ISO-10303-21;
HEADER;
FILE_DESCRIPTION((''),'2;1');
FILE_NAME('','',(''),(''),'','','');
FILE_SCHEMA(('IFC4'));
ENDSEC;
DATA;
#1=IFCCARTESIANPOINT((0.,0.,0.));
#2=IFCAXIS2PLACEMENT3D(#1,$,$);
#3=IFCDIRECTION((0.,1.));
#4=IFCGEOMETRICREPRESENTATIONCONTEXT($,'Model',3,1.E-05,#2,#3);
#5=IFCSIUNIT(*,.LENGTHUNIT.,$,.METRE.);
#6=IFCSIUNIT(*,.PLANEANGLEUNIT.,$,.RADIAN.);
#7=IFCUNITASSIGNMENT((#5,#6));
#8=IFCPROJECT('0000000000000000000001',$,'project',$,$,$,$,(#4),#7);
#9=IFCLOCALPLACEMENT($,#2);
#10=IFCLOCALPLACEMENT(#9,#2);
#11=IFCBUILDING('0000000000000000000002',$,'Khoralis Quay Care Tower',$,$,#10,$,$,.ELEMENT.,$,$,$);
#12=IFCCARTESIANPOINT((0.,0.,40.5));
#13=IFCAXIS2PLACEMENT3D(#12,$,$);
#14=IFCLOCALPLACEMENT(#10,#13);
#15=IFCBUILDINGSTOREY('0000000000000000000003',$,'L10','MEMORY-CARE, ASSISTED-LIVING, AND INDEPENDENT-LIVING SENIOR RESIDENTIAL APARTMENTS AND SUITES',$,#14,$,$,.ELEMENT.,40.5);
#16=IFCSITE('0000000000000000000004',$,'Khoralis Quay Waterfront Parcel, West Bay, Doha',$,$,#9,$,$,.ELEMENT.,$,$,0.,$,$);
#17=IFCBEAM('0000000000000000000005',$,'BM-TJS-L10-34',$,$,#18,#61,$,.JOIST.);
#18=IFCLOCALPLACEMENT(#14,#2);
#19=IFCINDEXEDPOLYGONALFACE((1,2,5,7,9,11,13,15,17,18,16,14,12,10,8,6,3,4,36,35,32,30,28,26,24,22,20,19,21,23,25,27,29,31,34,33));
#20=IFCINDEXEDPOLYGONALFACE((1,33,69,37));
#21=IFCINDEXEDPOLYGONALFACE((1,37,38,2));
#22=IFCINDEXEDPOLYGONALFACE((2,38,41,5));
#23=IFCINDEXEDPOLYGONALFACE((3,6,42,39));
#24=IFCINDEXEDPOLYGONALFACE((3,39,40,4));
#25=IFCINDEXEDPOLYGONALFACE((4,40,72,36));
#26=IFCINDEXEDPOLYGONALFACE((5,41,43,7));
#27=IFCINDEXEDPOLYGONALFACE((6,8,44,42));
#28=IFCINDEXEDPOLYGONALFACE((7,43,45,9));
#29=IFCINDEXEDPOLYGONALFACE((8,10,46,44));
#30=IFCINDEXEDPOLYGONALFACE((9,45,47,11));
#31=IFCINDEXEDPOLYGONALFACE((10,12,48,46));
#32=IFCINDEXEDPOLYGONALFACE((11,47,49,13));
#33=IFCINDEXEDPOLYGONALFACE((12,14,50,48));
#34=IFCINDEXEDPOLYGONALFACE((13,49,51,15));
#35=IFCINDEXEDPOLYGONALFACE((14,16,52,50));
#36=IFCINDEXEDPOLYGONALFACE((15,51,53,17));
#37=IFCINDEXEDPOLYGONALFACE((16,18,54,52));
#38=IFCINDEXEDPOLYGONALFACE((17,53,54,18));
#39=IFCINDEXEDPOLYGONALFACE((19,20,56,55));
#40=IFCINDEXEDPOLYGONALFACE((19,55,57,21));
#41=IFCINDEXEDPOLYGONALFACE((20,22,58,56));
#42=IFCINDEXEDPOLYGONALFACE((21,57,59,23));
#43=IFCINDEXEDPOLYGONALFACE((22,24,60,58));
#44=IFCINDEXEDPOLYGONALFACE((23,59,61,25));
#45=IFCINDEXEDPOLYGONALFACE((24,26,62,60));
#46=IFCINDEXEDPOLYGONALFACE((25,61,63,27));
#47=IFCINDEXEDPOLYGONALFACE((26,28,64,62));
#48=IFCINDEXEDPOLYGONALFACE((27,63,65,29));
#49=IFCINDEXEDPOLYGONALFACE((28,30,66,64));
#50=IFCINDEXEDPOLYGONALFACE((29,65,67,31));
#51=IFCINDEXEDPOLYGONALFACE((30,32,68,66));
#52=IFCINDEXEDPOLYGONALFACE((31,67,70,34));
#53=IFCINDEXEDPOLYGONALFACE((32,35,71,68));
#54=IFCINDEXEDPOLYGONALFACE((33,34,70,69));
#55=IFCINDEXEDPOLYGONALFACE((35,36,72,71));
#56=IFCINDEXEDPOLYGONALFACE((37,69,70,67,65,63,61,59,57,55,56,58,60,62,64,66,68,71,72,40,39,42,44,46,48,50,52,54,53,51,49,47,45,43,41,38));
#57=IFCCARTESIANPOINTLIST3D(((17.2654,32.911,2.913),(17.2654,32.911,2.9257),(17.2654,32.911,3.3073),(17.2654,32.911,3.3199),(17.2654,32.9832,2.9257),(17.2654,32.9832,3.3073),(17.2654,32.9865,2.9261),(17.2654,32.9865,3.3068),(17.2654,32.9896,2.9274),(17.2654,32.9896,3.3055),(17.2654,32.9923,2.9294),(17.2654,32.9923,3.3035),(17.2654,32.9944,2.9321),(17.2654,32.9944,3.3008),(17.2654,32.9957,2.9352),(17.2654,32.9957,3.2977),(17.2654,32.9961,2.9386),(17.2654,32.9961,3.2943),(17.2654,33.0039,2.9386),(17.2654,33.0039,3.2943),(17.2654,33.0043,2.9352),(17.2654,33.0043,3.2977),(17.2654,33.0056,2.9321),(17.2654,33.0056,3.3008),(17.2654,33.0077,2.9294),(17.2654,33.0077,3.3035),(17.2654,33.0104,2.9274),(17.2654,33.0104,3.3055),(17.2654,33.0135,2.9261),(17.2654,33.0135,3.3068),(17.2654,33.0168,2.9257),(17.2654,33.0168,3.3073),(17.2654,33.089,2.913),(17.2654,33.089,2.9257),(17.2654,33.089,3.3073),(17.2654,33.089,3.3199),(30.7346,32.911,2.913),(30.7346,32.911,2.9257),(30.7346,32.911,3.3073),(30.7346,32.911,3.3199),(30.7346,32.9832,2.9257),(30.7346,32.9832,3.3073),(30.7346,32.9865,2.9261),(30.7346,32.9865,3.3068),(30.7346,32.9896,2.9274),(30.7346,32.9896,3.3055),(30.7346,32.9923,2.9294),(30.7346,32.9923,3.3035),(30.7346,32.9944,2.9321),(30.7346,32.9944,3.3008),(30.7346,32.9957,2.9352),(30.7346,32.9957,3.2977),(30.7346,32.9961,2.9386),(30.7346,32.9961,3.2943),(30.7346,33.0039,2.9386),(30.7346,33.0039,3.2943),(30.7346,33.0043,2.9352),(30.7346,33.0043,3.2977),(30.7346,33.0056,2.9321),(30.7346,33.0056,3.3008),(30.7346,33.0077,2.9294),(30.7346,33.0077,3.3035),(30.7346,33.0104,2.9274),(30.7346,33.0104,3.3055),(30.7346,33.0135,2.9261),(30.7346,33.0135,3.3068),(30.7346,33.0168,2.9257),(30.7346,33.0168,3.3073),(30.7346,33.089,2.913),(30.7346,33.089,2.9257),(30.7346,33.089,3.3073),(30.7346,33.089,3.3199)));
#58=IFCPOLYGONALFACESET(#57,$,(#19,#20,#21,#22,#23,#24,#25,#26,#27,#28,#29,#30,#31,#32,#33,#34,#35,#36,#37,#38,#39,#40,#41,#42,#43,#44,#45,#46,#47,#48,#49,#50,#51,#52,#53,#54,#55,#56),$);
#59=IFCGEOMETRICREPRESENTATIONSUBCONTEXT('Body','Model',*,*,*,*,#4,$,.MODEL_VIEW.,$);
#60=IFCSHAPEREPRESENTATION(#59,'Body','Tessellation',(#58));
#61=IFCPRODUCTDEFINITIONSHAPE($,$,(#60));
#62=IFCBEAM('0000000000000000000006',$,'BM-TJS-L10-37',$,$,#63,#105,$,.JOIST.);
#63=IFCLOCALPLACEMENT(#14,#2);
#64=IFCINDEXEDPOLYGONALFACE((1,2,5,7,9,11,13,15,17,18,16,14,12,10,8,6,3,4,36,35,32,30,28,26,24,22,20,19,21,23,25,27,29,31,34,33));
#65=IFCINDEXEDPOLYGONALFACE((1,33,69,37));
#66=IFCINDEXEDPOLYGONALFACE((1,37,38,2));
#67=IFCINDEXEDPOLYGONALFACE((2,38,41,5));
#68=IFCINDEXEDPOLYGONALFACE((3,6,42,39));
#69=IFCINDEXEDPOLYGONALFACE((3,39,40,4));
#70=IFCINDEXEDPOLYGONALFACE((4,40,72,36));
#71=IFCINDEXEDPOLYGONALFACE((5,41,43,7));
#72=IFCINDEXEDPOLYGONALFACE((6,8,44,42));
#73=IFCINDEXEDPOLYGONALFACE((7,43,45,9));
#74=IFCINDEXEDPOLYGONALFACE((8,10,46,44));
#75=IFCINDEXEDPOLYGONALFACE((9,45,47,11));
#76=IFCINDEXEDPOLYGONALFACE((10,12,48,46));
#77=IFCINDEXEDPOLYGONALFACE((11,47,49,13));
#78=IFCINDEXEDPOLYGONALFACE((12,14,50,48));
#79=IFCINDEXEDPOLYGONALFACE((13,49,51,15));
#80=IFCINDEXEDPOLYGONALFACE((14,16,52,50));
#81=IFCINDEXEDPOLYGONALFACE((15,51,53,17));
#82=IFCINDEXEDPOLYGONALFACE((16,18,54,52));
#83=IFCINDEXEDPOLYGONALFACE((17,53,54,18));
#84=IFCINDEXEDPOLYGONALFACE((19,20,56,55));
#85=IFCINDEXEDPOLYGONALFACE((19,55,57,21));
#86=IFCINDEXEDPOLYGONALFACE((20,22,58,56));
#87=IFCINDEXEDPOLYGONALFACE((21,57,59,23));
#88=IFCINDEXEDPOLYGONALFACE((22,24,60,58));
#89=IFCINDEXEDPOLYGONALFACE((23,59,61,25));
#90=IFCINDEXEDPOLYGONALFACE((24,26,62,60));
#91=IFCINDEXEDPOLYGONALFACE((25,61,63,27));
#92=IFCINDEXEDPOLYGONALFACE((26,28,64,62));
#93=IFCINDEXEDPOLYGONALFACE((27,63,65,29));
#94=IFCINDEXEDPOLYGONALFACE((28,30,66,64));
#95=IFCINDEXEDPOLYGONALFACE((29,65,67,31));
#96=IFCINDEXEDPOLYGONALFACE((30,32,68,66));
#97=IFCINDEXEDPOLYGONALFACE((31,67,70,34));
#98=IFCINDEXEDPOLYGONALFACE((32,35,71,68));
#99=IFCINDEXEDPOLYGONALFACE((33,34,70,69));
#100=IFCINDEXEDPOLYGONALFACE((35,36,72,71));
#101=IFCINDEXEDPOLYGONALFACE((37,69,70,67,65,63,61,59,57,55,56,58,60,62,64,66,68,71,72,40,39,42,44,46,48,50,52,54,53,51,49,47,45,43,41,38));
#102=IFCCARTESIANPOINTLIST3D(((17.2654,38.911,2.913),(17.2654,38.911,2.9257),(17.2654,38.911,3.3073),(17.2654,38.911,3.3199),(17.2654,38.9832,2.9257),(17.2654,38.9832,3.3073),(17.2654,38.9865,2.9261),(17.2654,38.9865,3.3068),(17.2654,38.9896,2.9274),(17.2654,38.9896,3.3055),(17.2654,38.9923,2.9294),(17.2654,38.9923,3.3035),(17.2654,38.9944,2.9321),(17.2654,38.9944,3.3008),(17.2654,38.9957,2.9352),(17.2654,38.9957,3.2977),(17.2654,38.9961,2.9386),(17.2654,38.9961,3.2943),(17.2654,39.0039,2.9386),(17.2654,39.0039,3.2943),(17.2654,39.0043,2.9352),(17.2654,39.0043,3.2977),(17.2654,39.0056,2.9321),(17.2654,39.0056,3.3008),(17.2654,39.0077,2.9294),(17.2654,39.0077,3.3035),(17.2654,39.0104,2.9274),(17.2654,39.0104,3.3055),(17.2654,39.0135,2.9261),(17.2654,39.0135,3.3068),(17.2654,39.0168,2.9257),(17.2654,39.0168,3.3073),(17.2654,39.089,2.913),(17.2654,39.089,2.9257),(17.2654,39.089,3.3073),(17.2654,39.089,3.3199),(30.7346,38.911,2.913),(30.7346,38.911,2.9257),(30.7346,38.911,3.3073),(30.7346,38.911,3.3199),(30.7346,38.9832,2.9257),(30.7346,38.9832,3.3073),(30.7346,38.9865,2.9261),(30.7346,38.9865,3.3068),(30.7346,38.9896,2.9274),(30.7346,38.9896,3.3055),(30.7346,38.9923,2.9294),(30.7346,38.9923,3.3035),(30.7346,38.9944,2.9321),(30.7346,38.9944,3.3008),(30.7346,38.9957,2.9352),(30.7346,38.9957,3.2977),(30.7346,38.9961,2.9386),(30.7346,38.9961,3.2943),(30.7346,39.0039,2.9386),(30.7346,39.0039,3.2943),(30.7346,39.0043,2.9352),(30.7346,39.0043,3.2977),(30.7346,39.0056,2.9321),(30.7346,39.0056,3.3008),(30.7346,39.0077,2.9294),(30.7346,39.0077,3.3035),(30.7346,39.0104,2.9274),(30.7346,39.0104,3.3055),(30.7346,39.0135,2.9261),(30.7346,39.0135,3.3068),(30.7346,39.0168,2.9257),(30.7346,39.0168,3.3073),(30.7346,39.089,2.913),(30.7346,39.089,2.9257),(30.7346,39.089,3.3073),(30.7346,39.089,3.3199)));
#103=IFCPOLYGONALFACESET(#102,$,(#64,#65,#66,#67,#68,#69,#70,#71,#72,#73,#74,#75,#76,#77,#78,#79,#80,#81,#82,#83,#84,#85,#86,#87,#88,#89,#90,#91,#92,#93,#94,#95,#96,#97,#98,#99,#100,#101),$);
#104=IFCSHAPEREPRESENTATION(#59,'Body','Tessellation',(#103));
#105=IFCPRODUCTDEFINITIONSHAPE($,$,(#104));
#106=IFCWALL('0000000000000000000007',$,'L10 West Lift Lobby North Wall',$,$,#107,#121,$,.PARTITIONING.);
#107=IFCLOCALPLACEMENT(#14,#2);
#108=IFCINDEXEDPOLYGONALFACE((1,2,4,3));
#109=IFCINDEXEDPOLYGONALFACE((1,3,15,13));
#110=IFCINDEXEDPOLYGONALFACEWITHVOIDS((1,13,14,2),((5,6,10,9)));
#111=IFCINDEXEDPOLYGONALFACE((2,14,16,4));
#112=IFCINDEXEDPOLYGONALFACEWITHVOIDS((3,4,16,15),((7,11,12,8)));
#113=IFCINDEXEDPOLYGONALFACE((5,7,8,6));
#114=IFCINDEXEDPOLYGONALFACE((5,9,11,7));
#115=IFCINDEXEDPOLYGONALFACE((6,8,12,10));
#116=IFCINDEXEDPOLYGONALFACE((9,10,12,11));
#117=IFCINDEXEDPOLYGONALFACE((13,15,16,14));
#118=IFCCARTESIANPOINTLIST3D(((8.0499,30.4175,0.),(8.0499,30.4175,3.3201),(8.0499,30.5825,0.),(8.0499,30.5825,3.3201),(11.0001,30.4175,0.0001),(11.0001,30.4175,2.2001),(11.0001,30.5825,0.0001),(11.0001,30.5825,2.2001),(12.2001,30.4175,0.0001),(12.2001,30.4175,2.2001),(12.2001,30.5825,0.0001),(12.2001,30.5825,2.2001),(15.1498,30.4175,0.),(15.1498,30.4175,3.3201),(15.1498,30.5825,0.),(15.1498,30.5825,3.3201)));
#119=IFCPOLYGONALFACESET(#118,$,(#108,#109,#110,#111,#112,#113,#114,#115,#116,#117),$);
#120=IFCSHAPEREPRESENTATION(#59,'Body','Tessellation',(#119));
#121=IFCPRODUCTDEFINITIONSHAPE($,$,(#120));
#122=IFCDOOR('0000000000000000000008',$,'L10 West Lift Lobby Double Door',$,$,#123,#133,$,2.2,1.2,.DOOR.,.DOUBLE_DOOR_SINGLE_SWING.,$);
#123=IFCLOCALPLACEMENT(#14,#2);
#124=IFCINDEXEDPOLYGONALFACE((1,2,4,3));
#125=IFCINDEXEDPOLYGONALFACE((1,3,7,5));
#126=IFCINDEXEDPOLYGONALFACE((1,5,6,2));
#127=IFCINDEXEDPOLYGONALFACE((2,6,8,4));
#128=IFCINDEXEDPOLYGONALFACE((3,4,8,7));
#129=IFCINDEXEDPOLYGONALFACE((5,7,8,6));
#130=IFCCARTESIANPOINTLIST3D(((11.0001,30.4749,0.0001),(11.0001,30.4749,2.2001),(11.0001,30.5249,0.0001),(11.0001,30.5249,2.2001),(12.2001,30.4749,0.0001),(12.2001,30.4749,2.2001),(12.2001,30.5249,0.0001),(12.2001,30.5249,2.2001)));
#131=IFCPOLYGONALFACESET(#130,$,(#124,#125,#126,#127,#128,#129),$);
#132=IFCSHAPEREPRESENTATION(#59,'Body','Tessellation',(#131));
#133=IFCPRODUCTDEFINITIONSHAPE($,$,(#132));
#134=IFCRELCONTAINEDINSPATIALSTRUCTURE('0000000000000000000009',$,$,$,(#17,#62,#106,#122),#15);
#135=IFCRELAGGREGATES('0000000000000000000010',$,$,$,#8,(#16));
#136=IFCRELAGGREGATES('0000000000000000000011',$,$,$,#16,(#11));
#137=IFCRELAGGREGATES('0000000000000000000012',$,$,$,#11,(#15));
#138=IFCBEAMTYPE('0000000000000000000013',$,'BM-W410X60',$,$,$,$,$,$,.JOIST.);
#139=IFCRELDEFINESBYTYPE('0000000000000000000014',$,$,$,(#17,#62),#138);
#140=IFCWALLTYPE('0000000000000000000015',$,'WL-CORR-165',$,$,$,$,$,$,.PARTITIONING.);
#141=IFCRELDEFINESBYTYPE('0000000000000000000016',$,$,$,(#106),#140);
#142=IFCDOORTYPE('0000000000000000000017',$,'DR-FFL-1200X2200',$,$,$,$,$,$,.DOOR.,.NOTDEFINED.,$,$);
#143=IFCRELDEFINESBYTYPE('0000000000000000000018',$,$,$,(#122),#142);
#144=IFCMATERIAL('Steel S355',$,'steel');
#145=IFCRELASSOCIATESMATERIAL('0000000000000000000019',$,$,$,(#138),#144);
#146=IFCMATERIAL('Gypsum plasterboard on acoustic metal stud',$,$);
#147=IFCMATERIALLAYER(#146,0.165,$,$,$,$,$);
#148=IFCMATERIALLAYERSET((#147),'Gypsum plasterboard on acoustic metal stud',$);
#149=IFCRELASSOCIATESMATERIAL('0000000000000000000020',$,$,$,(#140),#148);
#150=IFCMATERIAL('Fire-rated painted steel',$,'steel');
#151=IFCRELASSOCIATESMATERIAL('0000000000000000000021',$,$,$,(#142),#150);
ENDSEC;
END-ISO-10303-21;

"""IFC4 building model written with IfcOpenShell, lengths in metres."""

from ifc_helpers import new_model, si_unit, direction, frame, frame_2d, origin, origin_2d, place, context, subcontext, project, spatial, rectangle, i_section, extrude, source, transform, mapped, material, layer, layer_set, material_profile, profile_set, type_object, element, fill, save


model = new_model("IFC4")

# Units and contexts
model_context = context("Model", 3, precision=1e-05, world=origin(), true_north=direction((0.0, 1.0)))
body_context = subcontext(model_context, "Body", "Model", "MODEL_VIEW")
ifc_project = project(units=[si_unit("LENGTHUNIT", "METRE"), si_unit("PLANEANGLEUNIT", "RADIAN")], contexts=[model_context])

# Site, building, storey
site_placement = place(None, origin())
site = spatial("IfcSite", under=ifc_project, at=site_placement, Name="Khoralis Quay Waterfront Parcel, West Bay, Doha", CompositionType="ELEMENT", RefElevation=0.0)
building_placement = place(site_placement, origin())
building = spatial("IfcBuilding", under=site, at=building_placement, Name="Khoralis Quay Care Tower", CompositionType="ELEMENT")
storey_placement = place(building_placement, frame((0.0, 0.0, 40.5)))
storey = spatial("IfcBuildingStorey", under=building, at=storey_placement, Name="L10", Description="MEMORY-CARE, ASSISTED-LIVING, AND INDEPENDENT-LIVING SENIOR RESIDENTIAL APARTMENTS AND SUITES", CompositionType="ELEMENT", Elevation=40.5)

# Beams
ifc_material_1 = material(Name="Steel S355", Category="steel")
ifc_material_profile_1 = material_profile(ifc_material_1, i_section(OverallWidth=0.178, OverallDepth=0.407, WebThickness=0.0078, FlangeThickness=0.0127, FilletRadius=0.0129, at=origin_2d()), Name="Steel S355")
ifc_profile_set_1 = profile_set([ifc_material_profile_1], Name="Steel S355")
beam_type_1 = type_object("IfcBeamType", Name="BM-W410X60", PredefinedType="JOIST", material=ifc_profile_set_1)
shared_shape_1 = source(origin(), body_context, "Body", "SweptSolid", [
    extrude(i_section(OverallWidth=0.178, OverallDepth=0.407, WebThickness=0.0078, FlangeThickness=0.0127, FilletRadius=0.0129, at=origin_2d()), origin(), (0.0, 0.0, 1.0), 13.4692),
])
for number, where, z_axis, x_axis, name in (
    (1, (17.2654, 33.0, 3.1165), (1.0, 0.0, 0.0), (0.0, 1.0, 0.0), "BM-TJS-L10-34"),
    (2, (17.2654, 39.0, 3.1165), (1.0, 0.0, 0.0), (0.0, 1.0, 0.0), "BM-TJS-L10-37"),
):
    element("IfcBeam", number, at=place(storey_placement, frame(where, z_axis=z_axis, x_axis=x_axis)), inside=storey, type_object=beam_type_1, Name=name, PredefinedType="JOIST", context=body_context, shape_type="MappedRepresentation", body=[
        mapped(shared_shape_1, transform((0.0, 0.0, 0.0), scale=1.0)),
    ])

# Wall, opening, door
ifc_material_2 = material(Name="Gypsum plasterboard on acoustic metal stud")
ifc_layer_1 = layer(ifc_material_2, 0.165)
ifc_layer_set_1 = layer_set([ifc_layer_1], Name="Gypsum plasterboard on acoustic metal stud")
wall_type_1 = type_object("IfcWallType", Name="WL-CORR-165", PredefinedType="PARTITIONING", material=ifc_layer_set_1)
wall_1_placement = place(storey_placement, frame((8.05, 30.5, 0.0), z_axis=(0.0, 0.0, 1.0), x_axis=(1.0, 0.0, 0.0)))
wall_1 = element("IfcWall", 3, at=wall_1_placement, inside=storey, type_object=wall_type_1, Name="L10 West Lift Lobby North Wall", PredefinedType="PARTITIONING", context=body_context, shape_type="SweptSolid", body=[
    extrude(rectangle(XDim=7.0999, YDim=0.165, at=frame_2d((3.5498, 0.0))), origin(), (0.0, 0.0, 1.0), 3.3201),
])
opening_1_placement = place(wall_1_placement, frame((2.95, 0.0, 0.0)))
opening_1 = element("IfcOpeningElement", 4, at=opening_1_placement, cuts=wall_1, PredefinedType="OPENING", context=body_context, shape_type="SweptSolid", body=[
    extrude(rectangle(XDim=1.2, YDim=2.2, at=frame_2d((0.6001, 1.1001))), frame((0.0, 0.0925, 0.0), z_axis=(0.0, -1.0, 0.0), x_axis=(1.0, 0.0, 0.0)), (0.0, 0.0, 1.0), 0.1851),
])
ifc_material_3 = material(Name="Fire-rated painted steel", Category="steel")
door_type_1 = type_object("IfcDoorType", Name="DR-FFL-1200X2200", OperationType="NOTDEFINED", PredefinedType="DOOR", material=ifc_material_3)
shared_shape_2 = source(origin(), body_context, "Body", "SweptSolid", [
    extrude(rectangle(XDim=1.2, YDim=2.2, at=frame_2d((0.6001, 1.1001))), frame((0.0, 0.0249, 0.0), z_axis=(0.0, -1.0, 0.0), x_axis=(1.0, 0.0, 0.0)), (0.0, 0.0, 1.0), 0.05),
])
door_1_placement = place(opening_1_placement, origin())
door_1 = element("IfcDoor", 5, at=door_1_placement, inside=storey, type_object=door_type_1, Name="L10 West Lift Lobby Double Door", OperationType="DOUBLE_DOOR_SINGLE_SWING", OverallHeight=2.2, OverallWidth=1.2, PredefinedType="DOOR", context=body_context, shape_type="MappedRepresentation", body=[
    mapped(shared_shape_2, transform((0.0, 0.0, 0.0), scale=1.0)),
])
fill(opening_1, door_1)

save(model, "model.ifc")
